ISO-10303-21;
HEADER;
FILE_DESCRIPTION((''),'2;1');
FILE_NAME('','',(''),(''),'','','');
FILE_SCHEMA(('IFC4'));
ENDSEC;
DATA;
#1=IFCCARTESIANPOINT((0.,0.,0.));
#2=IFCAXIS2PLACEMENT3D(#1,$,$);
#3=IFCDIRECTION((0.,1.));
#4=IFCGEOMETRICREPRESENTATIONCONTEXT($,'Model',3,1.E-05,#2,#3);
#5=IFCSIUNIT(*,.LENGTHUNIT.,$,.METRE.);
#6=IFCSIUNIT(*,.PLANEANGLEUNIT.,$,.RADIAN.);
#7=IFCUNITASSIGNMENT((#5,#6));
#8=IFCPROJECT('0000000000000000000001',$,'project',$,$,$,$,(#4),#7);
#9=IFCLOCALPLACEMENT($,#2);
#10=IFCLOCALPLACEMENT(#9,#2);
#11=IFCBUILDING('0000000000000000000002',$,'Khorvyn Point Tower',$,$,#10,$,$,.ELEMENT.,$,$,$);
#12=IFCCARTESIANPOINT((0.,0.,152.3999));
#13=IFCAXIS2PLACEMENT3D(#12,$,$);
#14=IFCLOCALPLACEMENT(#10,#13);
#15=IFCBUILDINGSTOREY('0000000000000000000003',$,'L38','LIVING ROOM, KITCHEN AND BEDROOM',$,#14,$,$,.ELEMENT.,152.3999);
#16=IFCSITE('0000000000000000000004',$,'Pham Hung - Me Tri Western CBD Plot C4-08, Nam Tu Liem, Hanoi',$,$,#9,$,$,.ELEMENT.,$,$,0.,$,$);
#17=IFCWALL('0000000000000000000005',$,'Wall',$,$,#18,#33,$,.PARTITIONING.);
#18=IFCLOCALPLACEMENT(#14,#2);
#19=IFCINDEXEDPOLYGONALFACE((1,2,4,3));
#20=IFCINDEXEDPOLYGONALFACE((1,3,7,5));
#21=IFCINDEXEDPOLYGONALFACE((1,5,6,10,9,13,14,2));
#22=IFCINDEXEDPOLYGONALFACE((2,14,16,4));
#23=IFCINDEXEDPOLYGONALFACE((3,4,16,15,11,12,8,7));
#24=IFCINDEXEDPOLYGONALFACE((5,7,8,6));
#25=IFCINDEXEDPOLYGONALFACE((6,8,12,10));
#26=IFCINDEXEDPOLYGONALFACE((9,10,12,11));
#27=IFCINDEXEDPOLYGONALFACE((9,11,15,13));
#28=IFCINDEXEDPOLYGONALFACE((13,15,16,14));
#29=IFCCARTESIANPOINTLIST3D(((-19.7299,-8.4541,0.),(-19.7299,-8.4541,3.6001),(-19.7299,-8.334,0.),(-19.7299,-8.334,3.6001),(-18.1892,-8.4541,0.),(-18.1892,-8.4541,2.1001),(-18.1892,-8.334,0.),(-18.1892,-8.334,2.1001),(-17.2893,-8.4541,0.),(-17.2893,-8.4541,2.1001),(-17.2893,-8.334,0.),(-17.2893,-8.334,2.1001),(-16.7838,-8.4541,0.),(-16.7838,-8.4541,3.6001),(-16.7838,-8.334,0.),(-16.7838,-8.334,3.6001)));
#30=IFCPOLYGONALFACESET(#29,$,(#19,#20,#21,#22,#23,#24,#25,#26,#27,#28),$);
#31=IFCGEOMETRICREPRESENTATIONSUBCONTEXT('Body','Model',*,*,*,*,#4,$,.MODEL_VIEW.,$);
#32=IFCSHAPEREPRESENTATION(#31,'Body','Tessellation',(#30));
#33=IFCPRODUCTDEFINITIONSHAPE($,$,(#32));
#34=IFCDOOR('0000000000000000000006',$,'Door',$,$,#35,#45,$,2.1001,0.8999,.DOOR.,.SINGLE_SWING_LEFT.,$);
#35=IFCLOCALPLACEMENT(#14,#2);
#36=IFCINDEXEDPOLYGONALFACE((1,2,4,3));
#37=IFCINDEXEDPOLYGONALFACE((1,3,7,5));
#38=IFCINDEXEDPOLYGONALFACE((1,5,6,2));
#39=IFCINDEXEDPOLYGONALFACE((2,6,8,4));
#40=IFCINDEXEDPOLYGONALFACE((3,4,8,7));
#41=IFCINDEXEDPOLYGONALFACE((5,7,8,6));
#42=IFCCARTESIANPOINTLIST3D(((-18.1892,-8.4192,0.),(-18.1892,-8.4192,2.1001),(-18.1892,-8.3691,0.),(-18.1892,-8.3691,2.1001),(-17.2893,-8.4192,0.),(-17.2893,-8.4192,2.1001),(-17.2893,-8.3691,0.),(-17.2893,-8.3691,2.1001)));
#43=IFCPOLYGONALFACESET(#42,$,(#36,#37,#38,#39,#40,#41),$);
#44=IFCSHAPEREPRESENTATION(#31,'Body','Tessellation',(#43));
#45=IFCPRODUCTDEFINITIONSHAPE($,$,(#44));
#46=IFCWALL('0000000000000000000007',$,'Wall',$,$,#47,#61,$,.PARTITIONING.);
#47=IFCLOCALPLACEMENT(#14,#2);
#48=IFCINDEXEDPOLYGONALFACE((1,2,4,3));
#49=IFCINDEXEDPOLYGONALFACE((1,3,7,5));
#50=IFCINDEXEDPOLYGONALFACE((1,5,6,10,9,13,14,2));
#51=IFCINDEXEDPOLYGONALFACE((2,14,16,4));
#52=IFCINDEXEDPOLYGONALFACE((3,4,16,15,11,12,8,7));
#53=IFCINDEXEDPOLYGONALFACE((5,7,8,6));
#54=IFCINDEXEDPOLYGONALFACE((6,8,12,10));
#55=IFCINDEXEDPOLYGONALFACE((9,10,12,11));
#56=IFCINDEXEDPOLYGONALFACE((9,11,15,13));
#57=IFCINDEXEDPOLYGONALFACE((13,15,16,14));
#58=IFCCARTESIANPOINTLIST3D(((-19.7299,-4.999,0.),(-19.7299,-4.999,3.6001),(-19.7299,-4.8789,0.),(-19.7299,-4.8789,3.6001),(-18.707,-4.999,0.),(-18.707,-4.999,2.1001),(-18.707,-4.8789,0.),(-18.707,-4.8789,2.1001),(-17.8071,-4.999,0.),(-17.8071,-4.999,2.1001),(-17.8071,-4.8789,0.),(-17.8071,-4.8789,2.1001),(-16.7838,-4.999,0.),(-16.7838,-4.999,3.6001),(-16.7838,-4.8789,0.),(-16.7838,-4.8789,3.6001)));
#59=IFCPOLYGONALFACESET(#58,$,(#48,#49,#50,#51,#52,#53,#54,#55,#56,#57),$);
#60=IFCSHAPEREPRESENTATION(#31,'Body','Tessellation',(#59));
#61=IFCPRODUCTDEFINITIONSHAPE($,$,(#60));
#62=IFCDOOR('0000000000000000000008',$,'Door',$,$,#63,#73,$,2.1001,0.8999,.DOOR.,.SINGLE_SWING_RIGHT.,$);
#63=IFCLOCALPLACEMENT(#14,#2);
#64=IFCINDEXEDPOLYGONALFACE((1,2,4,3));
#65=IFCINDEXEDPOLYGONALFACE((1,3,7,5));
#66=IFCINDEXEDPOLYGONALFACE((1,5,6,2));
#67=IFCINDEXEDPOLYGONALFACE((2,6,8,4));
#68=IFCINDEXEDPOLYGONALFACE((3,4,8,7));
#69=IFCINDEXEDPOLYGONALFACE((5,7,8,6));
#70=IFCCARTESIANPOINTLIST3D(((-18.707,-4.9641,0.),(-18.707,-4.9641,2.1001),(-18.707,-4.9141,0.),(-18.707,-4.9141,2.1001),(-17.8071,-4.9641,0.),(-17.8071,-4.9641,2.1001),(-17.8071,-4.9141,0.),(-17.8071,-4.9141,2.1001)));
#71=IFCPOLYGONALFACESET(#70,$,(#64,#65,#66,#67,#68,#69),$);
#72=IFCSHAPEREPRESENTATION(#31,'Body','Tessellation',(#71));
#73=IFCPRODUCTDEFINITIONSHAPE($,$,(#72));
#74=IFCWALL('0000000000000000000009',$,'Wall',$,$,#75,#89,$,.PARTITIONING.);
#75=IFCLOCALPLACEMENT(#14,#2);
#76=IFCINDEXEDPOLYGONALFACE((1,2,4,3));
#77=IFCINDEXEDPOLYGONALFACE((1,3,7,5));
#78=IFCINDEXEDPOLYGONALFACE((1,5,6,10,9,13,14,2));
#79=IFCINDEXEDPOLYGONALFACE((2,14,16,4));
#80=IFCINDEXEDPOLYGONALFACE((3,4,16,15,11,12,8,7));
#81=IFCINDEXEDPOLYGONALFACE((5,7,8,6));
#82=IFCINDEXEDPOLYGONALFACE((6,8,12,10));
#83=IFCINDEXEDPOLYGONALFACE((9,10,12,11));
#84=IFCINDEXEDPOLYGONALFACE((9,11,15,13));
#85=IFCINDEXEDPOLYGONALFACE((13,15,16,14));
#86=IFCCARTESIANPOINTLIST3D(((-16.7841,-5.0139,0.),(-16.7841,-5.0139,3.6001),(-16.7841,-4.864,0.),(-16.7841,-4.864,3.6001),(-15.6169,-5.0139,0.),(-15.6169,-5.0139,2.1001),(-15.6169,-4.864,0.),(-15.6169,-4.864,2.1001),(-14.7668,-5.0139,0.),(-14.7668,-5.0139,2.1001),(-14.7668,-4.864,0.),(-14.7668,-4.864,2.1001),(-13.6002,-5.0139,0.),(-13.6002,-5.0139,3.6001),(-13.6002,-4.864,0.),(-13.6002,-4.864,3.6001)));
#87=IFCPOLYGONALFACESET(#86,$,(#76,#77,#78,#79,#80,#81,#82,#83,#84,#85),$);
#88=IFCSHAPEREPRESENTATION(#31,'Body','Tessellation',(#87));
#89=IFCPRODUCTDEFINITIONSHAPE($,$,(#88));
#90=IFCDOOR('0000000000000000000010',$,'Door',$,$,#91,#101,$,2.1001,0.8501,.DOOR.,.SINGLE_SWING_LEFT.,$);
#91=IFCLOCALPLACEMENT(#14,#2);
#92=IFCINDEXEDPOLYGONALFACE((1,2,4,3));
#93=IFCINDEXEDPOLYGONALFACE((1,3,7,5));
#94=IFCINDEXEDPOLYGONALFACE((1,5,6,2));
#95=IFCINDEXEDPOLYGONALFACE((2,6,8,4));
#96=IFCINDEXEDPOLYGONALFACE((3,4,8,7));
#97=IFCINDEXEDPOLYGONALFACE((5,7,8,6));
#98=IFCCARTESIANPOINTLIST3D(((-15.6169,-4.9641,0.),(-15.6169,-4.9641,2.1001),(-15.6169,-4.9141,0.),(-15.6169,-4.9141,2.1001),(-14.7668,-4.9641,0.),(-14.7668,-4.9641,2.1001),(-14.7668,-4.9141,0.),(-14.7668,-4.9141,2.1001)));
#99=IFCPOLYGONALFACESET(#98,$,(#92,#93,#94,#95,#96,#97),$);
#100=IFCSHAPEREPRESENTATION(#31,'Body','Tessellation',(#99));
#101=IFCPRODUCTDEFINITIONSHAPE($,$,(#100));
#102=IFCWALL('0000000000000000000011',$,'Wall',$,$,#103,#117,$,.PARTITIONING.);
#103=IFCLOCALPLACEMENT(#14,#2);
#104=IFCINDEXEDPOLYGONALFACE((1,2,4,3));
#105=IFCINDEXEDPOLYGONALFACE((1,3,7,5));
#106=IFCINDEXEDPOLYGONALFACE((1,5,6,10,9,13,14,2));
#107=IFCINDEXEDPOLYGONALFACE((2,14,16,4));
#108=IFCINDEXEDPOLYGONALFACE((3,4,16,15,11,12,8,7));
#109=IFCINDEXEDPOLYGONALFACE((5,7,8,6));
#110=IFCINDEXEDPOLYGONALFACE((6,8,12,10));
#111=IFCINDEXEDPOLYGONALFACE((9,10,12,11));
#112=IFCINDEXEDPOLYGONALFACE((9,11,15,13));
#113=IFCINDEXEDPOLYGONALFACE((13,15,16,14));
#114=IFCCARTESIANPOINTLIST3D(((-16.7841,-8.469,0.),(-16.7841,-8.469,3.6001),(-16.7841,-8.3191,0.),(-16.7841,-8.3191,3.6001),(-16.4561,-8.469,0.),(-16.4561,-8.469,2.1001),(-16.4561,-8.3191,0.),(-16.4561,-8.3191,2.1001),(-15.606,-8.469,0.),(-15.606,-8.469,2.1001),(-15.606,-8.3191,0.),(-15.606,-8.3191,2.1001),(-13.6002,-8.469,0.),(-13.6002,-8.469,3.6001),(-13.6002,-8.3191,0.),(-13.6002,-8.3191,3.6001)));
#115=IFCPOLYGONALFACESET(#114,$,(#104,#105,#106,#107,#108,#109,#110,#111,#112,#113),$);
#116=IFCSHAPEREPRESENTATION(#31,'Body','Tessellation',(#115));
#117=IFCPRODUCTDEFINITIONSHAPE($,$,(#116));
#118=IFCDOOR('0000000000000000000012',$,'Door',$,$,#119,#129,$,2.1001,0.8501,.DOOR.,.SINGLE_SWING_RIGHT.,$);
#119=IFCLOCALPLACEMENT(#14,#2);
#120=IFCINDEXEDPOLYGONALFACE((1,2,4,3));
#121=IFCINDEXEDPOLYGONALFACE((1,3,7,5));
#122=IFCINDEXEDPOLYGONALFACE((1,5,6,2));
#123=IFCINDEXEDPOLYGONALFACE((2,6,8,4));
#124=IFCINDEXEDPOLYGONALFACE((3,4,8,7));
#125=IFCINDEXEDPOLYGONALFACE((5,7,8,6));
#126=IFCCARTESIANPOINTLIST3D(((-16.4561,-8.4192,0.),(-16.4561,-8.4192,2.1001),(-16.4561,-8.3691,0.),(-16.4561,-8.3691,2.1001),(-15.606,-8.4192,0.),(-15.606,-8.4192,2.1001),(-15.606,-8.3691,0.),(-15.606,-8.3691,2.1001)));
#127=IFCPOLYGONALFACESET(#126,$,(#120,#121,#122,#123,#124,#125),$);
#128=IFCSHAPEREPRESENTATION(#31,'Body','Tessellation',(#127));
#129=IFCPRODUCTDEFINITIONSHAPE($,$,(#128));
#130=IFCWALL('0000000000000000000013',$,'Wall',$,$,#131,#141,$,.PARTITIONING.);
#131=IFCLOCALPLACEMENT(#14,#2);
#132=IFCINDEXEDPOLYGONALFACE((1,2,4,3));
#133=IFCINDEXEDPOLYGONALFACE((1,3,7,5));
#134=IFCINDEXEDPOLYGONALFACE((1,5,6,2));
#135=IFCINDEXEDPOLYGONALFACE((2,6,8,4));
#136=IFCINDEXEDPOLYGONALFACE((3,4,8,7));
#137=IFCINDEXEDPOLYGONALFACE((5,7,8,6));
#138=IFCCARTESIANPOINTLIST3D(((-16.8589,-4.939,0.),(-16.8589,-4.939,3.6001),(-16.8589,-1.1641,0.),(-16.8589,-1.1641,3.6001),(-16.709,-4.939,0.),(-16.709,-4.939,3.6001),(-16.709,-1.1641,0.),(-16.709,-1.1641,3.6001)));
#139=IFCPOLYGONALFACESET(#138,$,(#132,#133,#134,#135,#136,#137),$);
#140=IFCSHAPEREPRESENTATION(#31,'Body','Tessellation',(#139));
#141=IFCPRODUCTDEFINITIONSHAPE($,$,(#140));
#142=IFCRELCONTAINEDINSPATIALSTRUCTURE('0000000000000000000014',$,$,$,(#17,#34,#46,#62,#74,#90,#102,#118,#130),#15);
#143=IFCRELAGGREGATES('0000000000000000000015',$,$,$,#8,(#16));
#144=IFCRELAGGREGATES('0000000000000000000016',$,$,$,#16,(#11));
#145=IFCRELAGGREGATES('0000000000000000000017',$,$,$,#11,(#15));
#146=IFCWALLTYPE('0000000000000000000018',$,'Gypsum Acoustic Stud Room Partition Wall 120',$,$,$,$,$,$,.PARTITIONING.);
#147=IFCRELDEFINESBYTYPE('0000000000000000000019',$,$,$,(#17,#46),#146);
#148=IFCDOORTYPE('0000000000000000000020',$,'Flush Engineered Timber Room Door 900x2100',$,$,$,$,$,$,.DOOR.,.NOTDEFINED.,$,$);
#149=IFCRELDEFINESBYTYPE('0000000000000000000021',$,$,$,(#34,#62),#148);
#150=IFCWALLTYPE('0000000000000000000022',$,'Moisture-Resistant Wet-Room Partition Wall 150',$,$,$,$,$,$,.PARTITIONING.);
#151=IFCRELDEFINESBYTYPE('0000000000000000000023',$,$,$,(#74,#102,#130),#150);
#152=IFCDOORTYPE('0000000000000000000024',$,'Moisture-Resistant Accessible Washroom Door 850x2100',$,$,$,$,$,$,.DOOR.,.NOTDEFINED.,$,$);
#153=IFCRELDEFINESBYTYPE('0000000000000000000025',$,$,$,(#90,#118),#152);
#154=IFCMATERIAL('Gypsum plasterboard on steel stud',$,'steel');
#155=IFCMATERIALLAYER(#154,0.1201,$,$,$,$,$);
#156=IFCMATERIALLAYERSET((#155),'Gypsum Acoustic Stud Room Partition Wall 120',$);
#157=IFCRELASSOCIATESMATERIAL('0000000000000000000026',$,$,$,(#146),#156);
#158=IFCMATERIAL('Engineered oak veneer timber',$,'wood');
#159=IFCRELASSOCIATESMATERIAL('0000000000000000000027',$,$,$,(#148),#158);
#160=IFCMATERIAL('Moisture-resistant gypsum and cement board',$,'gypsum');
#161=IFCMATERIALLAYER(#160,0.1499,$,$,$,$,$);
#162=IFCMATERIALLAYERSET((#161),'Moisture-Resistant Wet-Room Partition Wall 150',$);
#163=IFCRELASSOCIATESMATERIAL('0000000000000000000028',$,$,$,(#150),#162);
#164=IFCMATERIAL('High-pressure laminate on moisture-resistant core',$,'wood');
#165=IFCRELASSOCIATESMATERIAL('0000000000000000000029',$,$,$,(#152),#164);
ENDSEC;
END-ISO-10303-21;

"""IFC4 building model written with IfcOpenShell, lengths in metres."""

from ifc_helpers import new_model, si_unit, direction, frame, frame_2d, origin, place, context, subcontext, project, spatial, rectangle, extrude, material, layer, layer_set, type_object, element, fill, save


model = new_model("IFC4")

# Units and contexts
model_context = context("Model", 3, precision=1e-05, world=origin(), true_north=direction((0.0, 1.0)))
body_context = subcontext(model_context, "Body", "Model", "MODEL_VIEW")
ifc_project = project(units=[si_unit("LENGTHUNIT", "METRE"), si_unit("PLANEANGLEUNIT", "RADIAN")], contexts=[model_context])

# Site, building, storey
site_placement = place(None, origin())
site = spatial("IfcSite", under=ifc_project, at=site_placement, Name="Pham Hung - Me Tri Western CBD Plot C4-08, Nam Tu Liem, Hanoi", CompositionType="ELEMENT", RefElevation=0.0)
building_placement = place(site_placement, origin())
building = spatial("IfcBuilding", under=site, at=building_placement, Name="Khorvyn Point Tower", CompositionType="ELEMENT")
storey_placement = place(building_placement, frame((0.0, 0.0, 152.3999)))
storey = spatial("IfcBuildingStorey", under=building, at=storey_placement, Name="L38", Description="LIVING ROOM, KITCHEN AND BEDROOM", CompositionType="ELEMENT", Elevation=152.3999)

# Walls, openings, doors
ifc_material_1 = material(Name="Gypsum plasterboard on steel stud", Category="steel")
ifc_layer_1 = layer(ifc_material_1, 0.1201)
ifc_layer_set_1 = layer_set([ifc_layer_1], Name="Gypsum Acoustic Stud Room Partition Wall 120")
wall_type_1 = type_object("IfcWallType", Name="Gypsum Acoustic Stud Room Partition Wall 120", PredefinedType="PARTITIONING", material=ifc_layer_set_1)
wall_1_placement = place(storey_placement, frame((-19.73, -8.394, 0.0), z_axis=(0.0, 0.0, 1.0), x_axis=(1.0, 0.0, 0.0)))
wall_1 = element("IfcWall", 1, at=wall_1_placement, inside=storey, type_object=wall_type_1, Name="Wall", PredefinedType="PARTITIONING", context=body_context, shape_type="SweptSolid", body=[
    extrude(rectangle(XDim=2.946, YDim=0.1201, at=frame_2d((1.4731, 0.0))), origin(), (0.0, 0.0, 1.0), 3.6001),
])
opening_1_placement = place(wall_1_placement, frame((1.5408, 0.0, 0.0)))
opening_1 = element("IfcOpeningElement", 2, at=opening_1_placement, cuts=wall_1, PredefinedType="OPENING", context=body_context, shape_type="SweptSolid", body=[
    extrude(rectangle(XDim=0.8999, YDim=2.1001, at=frame_2d((0.45, 1.05))), frame((0.0, 0.0701, 0.0), z_axis=(0.0, -1.0, 0.0), x_axis=(1.0, 0.0, 0.0)), (0.0, 0.0, 1.0), 0.1401),
])
ifc_material_2 = material(Name="Engineered oak veneer timber", Category="wood")
door_type_1 = type_object("IfcDoorType", Name="Flush Engineered Timber Room Door 900x2100", OperationType="NOTDEFINED", PredefinedType="DOOR", material=ifc_material_2)
door_1_placement = place(opening_1_placement, origin())
door_1 = element("IfcDoor", 3, at=door_1_placement, inside=storey, type_object=door_type_1, Name="Door", OperationType="SINGLE_SWING_LEFT", OverallHeight=2.1001, OverallWidth=0.8999, PredefinedType="DOOR", context=body_context, shape_type="SweptSolid", body=[
    extrude(rectangle(XDim=0.8999, YDim=2.1001, at=frame_2d((0.45, 1.05))), frame((0.0, 0.0249, 0.0), z_axis=(0.0, -1.0, 0.0), x_axis=(1.0, 0.0, 0.0)), (0.0, 0.0, 1.0), 0.05),
])
fill(opening_1, door_1)
wall_2_placement = place(storey_placement, frame((-19.73, -4.939, 0.0), z_axis=(0.0, 0.0, 1.0), x_axis=(1.0, 0.0, 0.0)))
wall_2 = element("IfcWall", 4, at=wall_2_placement, inside=storey, type_object=wall_type_1, Name="Wall", PredefinedType="PARTITIONING", context=body_context, shape_type="SweptSolid", body=[
    extrude(rectangle(XDim=2.946, YDim=0.1201, at=frame_2d((1.4731, 0.0))), origin(), (0.0, 0.0, 1.0), 3.6001),
])
opening_2_placement = place(wall_2_placement, frame((1.0229, 0.0, 0.0)))
opening_2 = element("IfcOpeningElement", 5, at=opening_2_placement, cuts=wall_2, PredefinedType="OPENING", context=body_context, shape_type="SweptSolid", body=[
    extrude(rectangle(XDim=0.8999, YDim=2.1001, at=frame_2d((0.45, 1.05))), frame((0.0, 0.0701, 0.0), z_axis=(0.0, -1.0, 0.0), x_axis=(1.0, 0.0, 0.0)), (0.0, 0.0, 1.0), 0.1401),
])
door_2_placement = place(opening_2_placement, origin())
door_2 = element("IfcDoor", 6, at=door_2_placement, inside=storey, type_object=door_type_1, Name="Door", OperationType="SINGLE_SWING_RIGHT", OverallHeight=2.1001, OverallWidth=0.8999, PredefinedType="DOOR", context=body_context, shape_type="SweptSolid", body=[
    extrude(rectangle(XDim=0.8999, YDim=2.1001, at=frame_2d((0.45, 1.05))), frame((0.0, 0.0249, 0.0), z_axis=(0.0, -1.0, 0.0), x_axis=(1.0, 0.0, 0.0)), (0.0, 0.0, 1.0), 0.05),
])
fill(opening_2, door_2)
ifc_material_3 = material(Name="Moisture-resistant gypsum and cement board", Category="gypsum")
ifc_layer_2 = layer(ifc_material_3, 0.1499)
ifc_layer_set_2 = layer_set([ifc_layer_2], Name="Moisture-Resistant Wet-Room Partition Wall 150")
wall_type_2 = type_object("IfcWallType", Name="Moisture-Resistant Wet-Room Partition Wall 150", PredefinedType="PARTITIONING", material=ifc_layer_set_2)
wall_3_placement = place(storey_placement, frame((-16.7839, -4.939, 0.0), z_axis=(0.0, 0.0, 1.0), x_axis=(1.0, 0.0, 0.0)))
wall_3 = element("IfcWall", 7, at=wall_3_placement, inside=storey, type_object=wall_type_2, Name="Wall", PredefinedType="PARTITIONING", context=body_context, shape_type="SweptSolid", body=[
    extrude(rectangle(XDim=3.1838, YDim=0.1499, at=frame_2d((1.5918, 0.0))), origin(), (0.0, 0.0, 1.0), 3.6001),
])
opening_3_placement = place(wall_3_placement, frame((1.167, 0.0, 0.0)))
opening_3 = element("IfcOpeningElement", 8, at=opening_3_placement, cuts=wall_3, PredefinedType="OPENING", context=body_context, shape_type="SweptSolid", body=[
    extrude(rectangle(XDim=0.8501, YDim=2.1001, at=frame_2d((0.425, 1.05))), frame((0.0, 0.085, 0.0), z_axis=(0.0, -1.0, 0.0), x_axis=(1.0, 0.0, 0.0)), (0.0, 0.0, 1.0), 0.1699),
])
ifc_material_4 = material(Name="High-pressure laminate on moisture-resistant core", Category="wood")
door_type_2 = type_object("IfcDoorType", Name="Moisture-Resistant Accessible Washroom Door 850x2100", OperationType="NOTDEFINED", PredefinedType="DOOR", material=ifc_material_4)
door_3_placement = place(opening_3_placement, origin())
door_3 = element("IfcDoor", 9, at=door_3_placement, inside=storey, type_object=door_type_2, Name="Door", OperationType="SINGLE_SWING_LEFT", OverallHeight=2.1001, OverallWidth=0.8501, PredefinedType="DOOR", context=body_context, shape_type="SweptSolid", body=[
    extrude(rectangle(XDim=0.8501, YDim=2.1001, at=frame_2d((0.425, 1.05))), frame((0.0, 0.0249, 0.0), z_axis=(0.0, -1.0, 0.0), x_axis=(1.0, 0.0, 0.0)), (0.0, 0.0, 1.0), 0.05),
])
fill(opening_3, door_3)
wall_4_placement = place(storey_placement, frame((-16.7839, -8.394, 0.0), z_axis=(0.0, 0.0, 1.0), x_axis=(1.0, 0.0, 0.0)))
wall_4 = element("IfcWall", 10, at=wall_4_placement, inside=storey, type_object=wall_type_2, Name="Wall", PredefinedType="PARTITIONING", context=body_context, shape_type="SweptSolid", body=[
    extrude(rectangle(XDim=3.1838, YDim=0.1499, at=frame_2d((1.5918, 0.0))), origin(), (0.0, 0.0, 1.0), 3.6001),
])
opening_4_placement = place(wall_4_placement, frame((0.3279, 0.0, 0.0)))
opening_4 = element("IfcOpeningElement", 11, at=opening_4_placement, cuts=wall_4, PredefinedType="OPENING", context=body_context, shape_type="SweptSolid", body=[
    extrude(rectangle(XDim=0.8501, YDim=2.1001, at=frame_2d((0.425, 1.05))), frame((0.0, 0.085, 0.0), z_axis=(0.0, -1.0, 0.0), x_axis=(1.0, 0.0, 0.0)), (0.0, 0.0, 1.0), 0.1699),
])
door_4_placement = place(opening_4_placement, origin())
door_4 = element("IfcDoor", 12, at=door_4_placement, inside=storey, type_object=door_type_2, Name="Door", OperationType="SINGLE_SWING_RIGHT", OverallHeight=2.1001, OverallWidth=0.8501, PredefinedType="DOOR", context=body_context, shape_type="SweptSolid", body=[
    extrude(rectangle(XDim=0.8501, YDim=2.1001, at=frame_2d((0.425, 1.05))), frame((0.0, 0.0249, 0.0), z_axis=(0.0, -1.0, 0.0), x_axis=(1.0, 0.0, 0.0)), (0.0, 0.0, 1.0), 0.05),
])
fill(opening_4, door_4)

# Wall
wall_5_placement = place(storey_placement, frame((-16.7839, -4.939, 0.0), z_axis=(0.0, 0.0, 1.0), x_axis=(0.0, 1.0, 0.0)))
element("IfcWall", 13, at=wall_5_placement, inside=storey, type_object=wall_type_2, Name="Wall", PredefinedType="PARTITIONING", context=body_context, shape_type="SweptSolid", body=[
    extrude(rectangle(XDim=3.7749, YDim=0.1499, at=frame_2d((1.8875, 0.0))), origin(), (0.0, 0.0, 1.0), 3.6001),
])

save(model, "model.ifc")
